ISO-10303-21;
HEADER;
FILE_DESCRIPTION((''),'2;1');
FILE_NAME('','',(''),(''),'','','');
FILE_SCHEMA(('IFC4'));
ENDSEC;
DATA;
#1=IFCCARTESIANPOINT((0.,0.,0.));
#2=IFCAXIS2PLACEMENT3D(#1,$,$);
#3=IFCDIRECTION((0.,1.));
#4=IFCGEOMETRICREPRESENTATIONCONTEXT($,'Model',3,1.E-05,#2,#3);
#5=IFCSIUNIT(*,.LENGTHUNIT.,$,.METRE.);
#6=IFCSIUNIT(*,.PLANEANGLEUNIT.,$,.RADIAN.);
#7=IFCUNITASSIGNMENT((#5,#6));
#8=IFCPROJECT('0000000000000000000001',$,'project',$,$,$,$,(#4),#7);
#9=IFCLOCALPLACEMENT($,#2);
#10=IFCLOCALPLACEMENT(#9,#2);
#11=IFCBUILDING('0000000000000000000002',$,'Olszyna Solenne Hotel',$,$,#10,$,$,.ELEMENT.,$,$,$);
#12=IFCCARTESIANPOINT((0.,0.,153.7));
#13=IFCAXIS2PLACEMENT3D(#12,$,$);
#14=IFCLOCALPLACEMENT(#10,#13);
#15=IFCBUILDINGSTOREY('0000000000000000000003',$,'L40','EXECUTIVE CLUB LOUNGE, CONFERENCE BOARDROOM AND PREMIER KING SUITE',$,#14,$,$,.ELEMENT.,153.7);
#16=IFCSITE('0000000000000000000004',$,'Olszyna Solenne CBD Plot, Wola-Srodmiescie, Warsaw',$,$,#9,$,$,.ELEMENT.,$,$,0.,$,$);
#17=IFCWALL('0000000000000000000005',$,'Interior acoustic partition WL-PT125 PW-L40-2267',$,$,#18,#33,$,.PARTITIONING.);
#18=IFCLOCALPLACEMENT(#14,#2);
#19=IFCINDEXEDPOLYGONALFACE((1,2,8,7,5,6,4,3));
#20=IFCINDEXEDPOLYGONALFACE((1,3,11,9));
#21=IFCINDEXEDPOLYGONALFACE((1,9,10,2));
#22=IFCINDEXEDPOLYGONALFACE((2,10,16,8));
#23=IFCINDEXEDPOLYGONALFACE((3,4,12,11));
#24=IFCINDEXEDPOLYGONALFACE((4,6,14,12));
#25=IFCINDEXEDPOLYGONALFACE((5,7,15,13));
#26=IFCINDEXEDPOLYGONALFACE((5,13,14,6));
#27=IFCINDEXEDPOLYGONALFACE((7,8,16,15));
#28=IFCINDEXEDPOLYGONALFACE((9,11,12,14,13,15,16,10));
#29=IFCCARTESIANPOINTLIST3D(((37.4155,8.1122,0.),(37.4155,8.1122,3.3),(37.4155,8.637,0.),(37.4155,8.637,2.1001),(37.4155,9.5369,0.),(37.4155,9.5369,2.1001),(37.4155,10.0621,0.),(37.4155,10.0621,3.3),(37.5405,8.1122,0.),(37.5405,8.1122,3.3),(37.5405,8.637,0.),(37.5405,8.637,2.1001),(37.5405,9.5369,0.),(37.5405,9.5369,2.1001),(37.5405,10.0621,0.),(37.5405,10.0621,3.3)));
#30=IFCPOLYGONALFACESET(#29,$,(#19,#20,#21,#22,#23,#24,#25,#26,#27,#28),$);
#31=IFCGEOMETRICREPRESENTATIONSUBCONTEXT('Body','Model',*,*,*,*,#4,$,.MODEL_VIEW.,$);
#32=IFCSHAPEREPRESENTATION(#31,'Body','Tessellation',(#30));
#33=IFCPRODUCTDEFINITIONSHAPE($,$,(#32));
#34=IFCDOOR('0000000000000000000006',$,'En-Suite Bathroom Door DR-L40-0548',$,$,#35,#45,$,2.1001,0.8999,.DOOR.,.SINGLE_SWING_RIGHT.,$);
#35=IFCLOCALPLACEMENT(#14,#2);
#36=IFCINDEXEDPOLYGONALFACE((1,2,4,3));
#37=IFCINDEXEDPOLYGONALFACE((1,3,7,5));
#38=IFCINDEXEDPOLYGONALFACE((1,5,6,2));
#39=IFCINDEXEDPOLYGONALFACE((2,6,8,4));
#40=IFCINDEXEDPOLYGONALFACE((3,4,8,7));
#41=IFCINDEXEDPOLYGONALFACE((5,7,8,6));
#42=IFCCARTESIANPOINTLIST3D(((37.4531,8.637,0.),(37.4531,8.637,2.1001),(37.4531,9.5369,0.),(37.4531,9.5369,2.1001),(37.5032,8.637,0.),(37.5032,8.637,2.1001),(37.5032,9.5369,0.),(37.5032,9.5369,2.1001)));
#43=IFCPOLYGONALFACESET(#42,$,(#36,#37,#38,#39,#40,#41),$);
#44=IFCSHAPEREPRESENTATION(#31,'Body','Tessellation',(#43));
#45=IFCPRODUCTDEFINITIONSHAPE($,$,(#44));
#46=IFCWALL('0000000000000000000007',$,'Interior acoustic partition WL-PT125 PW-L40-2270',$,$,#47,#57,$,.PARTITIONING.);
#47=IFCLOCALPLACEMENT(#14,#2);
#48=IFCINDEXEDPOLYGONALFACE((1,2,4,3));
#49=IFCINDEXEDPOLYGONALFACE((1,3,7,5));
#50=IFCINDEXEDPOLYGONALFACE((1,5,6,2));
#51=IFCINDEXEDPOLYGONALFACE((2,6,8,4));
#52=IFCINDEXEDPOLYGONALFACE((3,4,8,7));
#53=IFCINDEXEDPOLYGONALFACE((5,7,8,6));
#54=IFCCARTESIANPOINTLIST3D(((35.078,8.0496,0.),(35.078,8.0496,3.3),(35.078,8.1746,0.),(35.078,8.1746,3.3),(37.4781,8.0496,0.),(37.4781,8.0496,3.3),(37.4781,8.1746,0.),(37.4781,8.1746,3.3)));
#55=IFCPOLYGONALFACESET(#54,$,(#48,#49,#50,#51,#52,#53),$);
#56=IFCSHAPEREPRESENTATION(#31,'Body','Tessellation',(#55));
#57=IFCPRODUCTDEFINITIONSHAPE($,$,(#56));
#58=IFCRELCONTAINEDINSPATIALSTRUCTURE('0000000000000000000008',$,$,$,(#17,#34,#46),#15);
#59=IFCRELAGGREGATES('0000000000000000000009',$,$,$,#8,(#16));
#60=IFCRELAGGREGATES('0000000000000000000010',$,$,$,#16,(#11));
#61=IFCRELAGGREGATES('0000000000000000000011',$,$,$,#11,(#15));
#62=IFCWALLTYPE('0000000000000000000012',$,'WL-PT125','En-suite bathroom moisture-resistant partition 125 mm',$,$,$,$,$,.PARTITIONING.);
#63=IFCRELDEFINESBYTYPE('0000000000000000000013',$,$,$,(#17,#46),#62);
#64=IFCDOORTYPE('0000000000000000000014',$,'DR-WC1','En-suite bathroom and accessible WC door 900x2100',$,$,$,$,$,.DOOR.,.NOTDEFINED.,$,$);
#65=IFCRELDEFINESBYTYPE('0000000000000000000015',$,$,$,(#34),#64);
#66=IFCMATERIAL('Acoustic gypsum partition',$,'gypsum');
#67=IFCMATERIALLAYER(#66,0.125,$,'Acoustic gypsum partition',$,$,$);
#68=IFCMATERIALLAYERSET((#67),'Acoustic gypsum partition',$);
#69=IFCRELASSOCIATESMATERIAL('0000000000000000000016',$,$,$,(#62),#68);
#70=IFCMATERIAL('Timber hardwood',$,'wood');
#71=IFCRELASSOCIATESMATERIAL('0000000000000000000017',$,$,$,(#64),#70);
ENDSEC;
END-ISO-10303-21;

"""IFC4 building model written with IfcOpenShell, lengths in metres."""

from ifc_helpers import new_model, si_unit, direction, frame, frame_2d, origin, place, context, subcontext, project, spatial, rectangle, extrude, source, transform, mapped, material, layer, layer_set, type_object, type_shapes, element, fill, save


model = new_model("IFC4")

# Units and contexts
model_context = context("Model", 3, precision=1e-05, world=origin(), true_north=direction((0.0, 1.0)))
body_context = subcontext(model_context, "Body", "Model", "MODEL_VIEW")
ifc_project = project(units=[si_unit("LENGTHUNIT", "METRE"), si_unit("PLANEANGLEUNIT", "RADIAN")], contexts=[model_context])

# Site, building, storey
site_placement = place(None, origin())
site = spatial("IfcSite", under=ifc_project, at=site_placement, Name="Olszyna Solenne CBD Plot, Wola-Srodmiescie, Warsaw", CompositionType="ELEMENT", RefElevation=0.0)
building_placement = place(site_placement, origin())
building = spatial("IfcBuilding", under=site, at=building_placement, Name="Olszyna Solenne Hotel", CompositionType="ELEMENT")
storey_placement = place(building_placement, frame((0.0, 0.0, 153.7)))
storey = spatial("IfcBuildingStorey", under=building, at=storey_placement, Name="L40", Description="EXECUTIVE CLUB LOUNGE, CONFERENCE BOARDROOM AND PREMIER KING SUITE", CompositionType="ELEMENT", Elevation=153.7)

# Wall, opening, door
ifc_material_1 = material(Name="Acoustic gypsum partition", Category="gypsum")
ifc_layer_1 = layer(ifc_material_1, 0.125, Name="Acoustic gypsum partition")
ifc_layer_set_1 = layer_set([ifc_layer_1], Name="Acoustic gypsum partition")
wall_type_1 = type_object("IfcWallType", Name="WL-PT125", Description="En-suite bathroom moisture-resistant partition 125 mm", PredefinedType="PARTITIONING", material=ifc_layer_set_1)
wall_1_placement = place(storey_placement, frame((37.478, 8.1121, 0.0), z_axis=(0.0, 0.0, 1.0), x_axis=(0.0, 1.0, 0.0)))
wall_1 = element("IfcWall", 1, at=wall_1_placement, inside=storey, type_object=wall_type_1, Name="Interior acoustic partition WL-PT125 PW-L40-2267", PredefinedType="PARTITIONING", context=body_context, shape_type="SweptSolid", body=[
    extrude(rectangle(XDim=1.95, YDim=0.125, at=frame_2d((0.9751, 0.0))), origin(), (0.0, 0.0, 1.0), 3.3),
])
opening_placement = place(wall_1_placement, frame((0.5249, 0.0, 0.0)))
opening = element("IfcOpeningElement", 2, at=opening_placement, cuts=wall_1, PredefinedType="OPENING", context=body_context, shape_type="SweptSolid", body=[
    extrude(rectangle(XDim=0.8999, YDim=2.1001, at=frame_2d((0.45, 1.05))), frame((0.0, 0.0725, 0.0), z_axis=(0.0, -1.0, 0.0), x_axis=(1.0, 0.0, 0.0)), (0.0, 0.0, 1.0), 0.145),
])
ifc_material_2 = material(Name="Timber hardwood", Category="wood")
door_type = type_object("IfcDoorType", Name="DR-WC1", Description="En-suite bathroom and accessible WC door 900x2100", OperationType="NOTDEFINED", PredefinedType="DOOR", material=ifc_material_2)
shared_shape_1 = source(origin(), body_context, "Body", "SweptSolid", [
    extrude(rectangle(XDim=0.8999, YDim=2.1001, at=frame_2d((0.45, 1.05))), frame((0.0, 0.0249, 0.0), z_axis=(0.0, -1.0, 0.0), x_axis=(1.0, 0.0, 0.0)), (0.0, 0.0, 1.0), 0.05),
])
type_shapes(door_type, [shared_shape_1])
door_placement = place(opening_placement, origin())
door = element("IfcDoor", 3, at=door_placement, inside=storey, type_object=door_type, Name="En-Suite Bathroom Door DR-L40-0548", OperationType="SINGLE_SWING_RIGHT", OverallHeight=2.1001, OverallWidth=0.8999, PredefinedType="DOOR", context=body_context, shape_type="MappedRepresentation", body=[
    mapped(shared_shape_1, transform((0.0, 0.0, 0.0), x_axis=(1.0, 0.0, 0.0), y_axis=(0.0, 1.0, 0.0), z_axis=(0.0, 0.0, 1.0), scale=1.0)),
])
fill(opening, door)

# Wall
wall_2_placement = place(storey_placement, frame((35.0779, 8.1121, 0.0), z_axis=(0.0, 0.0, 1.0), x_axis=(1.0, 0.0, 0.0)))
element("IfcWall", 4, at=wall_2_placement, inside=storey, type_object=wall_type_1, Name="Interior acoustic partition WL-PT125 PW-L40-2270", PredefinedType="PARTITIONING", context=body_context, shape_type="SweptSolid", body=[
    extrude(rectangle(XDim=2.4001, YDim=0.125, at=frame_2d((1.2002, 0.0))), origin(), (0.0, 0.0, 1.0), 3.3),
])

save(model, "model.ifc")
